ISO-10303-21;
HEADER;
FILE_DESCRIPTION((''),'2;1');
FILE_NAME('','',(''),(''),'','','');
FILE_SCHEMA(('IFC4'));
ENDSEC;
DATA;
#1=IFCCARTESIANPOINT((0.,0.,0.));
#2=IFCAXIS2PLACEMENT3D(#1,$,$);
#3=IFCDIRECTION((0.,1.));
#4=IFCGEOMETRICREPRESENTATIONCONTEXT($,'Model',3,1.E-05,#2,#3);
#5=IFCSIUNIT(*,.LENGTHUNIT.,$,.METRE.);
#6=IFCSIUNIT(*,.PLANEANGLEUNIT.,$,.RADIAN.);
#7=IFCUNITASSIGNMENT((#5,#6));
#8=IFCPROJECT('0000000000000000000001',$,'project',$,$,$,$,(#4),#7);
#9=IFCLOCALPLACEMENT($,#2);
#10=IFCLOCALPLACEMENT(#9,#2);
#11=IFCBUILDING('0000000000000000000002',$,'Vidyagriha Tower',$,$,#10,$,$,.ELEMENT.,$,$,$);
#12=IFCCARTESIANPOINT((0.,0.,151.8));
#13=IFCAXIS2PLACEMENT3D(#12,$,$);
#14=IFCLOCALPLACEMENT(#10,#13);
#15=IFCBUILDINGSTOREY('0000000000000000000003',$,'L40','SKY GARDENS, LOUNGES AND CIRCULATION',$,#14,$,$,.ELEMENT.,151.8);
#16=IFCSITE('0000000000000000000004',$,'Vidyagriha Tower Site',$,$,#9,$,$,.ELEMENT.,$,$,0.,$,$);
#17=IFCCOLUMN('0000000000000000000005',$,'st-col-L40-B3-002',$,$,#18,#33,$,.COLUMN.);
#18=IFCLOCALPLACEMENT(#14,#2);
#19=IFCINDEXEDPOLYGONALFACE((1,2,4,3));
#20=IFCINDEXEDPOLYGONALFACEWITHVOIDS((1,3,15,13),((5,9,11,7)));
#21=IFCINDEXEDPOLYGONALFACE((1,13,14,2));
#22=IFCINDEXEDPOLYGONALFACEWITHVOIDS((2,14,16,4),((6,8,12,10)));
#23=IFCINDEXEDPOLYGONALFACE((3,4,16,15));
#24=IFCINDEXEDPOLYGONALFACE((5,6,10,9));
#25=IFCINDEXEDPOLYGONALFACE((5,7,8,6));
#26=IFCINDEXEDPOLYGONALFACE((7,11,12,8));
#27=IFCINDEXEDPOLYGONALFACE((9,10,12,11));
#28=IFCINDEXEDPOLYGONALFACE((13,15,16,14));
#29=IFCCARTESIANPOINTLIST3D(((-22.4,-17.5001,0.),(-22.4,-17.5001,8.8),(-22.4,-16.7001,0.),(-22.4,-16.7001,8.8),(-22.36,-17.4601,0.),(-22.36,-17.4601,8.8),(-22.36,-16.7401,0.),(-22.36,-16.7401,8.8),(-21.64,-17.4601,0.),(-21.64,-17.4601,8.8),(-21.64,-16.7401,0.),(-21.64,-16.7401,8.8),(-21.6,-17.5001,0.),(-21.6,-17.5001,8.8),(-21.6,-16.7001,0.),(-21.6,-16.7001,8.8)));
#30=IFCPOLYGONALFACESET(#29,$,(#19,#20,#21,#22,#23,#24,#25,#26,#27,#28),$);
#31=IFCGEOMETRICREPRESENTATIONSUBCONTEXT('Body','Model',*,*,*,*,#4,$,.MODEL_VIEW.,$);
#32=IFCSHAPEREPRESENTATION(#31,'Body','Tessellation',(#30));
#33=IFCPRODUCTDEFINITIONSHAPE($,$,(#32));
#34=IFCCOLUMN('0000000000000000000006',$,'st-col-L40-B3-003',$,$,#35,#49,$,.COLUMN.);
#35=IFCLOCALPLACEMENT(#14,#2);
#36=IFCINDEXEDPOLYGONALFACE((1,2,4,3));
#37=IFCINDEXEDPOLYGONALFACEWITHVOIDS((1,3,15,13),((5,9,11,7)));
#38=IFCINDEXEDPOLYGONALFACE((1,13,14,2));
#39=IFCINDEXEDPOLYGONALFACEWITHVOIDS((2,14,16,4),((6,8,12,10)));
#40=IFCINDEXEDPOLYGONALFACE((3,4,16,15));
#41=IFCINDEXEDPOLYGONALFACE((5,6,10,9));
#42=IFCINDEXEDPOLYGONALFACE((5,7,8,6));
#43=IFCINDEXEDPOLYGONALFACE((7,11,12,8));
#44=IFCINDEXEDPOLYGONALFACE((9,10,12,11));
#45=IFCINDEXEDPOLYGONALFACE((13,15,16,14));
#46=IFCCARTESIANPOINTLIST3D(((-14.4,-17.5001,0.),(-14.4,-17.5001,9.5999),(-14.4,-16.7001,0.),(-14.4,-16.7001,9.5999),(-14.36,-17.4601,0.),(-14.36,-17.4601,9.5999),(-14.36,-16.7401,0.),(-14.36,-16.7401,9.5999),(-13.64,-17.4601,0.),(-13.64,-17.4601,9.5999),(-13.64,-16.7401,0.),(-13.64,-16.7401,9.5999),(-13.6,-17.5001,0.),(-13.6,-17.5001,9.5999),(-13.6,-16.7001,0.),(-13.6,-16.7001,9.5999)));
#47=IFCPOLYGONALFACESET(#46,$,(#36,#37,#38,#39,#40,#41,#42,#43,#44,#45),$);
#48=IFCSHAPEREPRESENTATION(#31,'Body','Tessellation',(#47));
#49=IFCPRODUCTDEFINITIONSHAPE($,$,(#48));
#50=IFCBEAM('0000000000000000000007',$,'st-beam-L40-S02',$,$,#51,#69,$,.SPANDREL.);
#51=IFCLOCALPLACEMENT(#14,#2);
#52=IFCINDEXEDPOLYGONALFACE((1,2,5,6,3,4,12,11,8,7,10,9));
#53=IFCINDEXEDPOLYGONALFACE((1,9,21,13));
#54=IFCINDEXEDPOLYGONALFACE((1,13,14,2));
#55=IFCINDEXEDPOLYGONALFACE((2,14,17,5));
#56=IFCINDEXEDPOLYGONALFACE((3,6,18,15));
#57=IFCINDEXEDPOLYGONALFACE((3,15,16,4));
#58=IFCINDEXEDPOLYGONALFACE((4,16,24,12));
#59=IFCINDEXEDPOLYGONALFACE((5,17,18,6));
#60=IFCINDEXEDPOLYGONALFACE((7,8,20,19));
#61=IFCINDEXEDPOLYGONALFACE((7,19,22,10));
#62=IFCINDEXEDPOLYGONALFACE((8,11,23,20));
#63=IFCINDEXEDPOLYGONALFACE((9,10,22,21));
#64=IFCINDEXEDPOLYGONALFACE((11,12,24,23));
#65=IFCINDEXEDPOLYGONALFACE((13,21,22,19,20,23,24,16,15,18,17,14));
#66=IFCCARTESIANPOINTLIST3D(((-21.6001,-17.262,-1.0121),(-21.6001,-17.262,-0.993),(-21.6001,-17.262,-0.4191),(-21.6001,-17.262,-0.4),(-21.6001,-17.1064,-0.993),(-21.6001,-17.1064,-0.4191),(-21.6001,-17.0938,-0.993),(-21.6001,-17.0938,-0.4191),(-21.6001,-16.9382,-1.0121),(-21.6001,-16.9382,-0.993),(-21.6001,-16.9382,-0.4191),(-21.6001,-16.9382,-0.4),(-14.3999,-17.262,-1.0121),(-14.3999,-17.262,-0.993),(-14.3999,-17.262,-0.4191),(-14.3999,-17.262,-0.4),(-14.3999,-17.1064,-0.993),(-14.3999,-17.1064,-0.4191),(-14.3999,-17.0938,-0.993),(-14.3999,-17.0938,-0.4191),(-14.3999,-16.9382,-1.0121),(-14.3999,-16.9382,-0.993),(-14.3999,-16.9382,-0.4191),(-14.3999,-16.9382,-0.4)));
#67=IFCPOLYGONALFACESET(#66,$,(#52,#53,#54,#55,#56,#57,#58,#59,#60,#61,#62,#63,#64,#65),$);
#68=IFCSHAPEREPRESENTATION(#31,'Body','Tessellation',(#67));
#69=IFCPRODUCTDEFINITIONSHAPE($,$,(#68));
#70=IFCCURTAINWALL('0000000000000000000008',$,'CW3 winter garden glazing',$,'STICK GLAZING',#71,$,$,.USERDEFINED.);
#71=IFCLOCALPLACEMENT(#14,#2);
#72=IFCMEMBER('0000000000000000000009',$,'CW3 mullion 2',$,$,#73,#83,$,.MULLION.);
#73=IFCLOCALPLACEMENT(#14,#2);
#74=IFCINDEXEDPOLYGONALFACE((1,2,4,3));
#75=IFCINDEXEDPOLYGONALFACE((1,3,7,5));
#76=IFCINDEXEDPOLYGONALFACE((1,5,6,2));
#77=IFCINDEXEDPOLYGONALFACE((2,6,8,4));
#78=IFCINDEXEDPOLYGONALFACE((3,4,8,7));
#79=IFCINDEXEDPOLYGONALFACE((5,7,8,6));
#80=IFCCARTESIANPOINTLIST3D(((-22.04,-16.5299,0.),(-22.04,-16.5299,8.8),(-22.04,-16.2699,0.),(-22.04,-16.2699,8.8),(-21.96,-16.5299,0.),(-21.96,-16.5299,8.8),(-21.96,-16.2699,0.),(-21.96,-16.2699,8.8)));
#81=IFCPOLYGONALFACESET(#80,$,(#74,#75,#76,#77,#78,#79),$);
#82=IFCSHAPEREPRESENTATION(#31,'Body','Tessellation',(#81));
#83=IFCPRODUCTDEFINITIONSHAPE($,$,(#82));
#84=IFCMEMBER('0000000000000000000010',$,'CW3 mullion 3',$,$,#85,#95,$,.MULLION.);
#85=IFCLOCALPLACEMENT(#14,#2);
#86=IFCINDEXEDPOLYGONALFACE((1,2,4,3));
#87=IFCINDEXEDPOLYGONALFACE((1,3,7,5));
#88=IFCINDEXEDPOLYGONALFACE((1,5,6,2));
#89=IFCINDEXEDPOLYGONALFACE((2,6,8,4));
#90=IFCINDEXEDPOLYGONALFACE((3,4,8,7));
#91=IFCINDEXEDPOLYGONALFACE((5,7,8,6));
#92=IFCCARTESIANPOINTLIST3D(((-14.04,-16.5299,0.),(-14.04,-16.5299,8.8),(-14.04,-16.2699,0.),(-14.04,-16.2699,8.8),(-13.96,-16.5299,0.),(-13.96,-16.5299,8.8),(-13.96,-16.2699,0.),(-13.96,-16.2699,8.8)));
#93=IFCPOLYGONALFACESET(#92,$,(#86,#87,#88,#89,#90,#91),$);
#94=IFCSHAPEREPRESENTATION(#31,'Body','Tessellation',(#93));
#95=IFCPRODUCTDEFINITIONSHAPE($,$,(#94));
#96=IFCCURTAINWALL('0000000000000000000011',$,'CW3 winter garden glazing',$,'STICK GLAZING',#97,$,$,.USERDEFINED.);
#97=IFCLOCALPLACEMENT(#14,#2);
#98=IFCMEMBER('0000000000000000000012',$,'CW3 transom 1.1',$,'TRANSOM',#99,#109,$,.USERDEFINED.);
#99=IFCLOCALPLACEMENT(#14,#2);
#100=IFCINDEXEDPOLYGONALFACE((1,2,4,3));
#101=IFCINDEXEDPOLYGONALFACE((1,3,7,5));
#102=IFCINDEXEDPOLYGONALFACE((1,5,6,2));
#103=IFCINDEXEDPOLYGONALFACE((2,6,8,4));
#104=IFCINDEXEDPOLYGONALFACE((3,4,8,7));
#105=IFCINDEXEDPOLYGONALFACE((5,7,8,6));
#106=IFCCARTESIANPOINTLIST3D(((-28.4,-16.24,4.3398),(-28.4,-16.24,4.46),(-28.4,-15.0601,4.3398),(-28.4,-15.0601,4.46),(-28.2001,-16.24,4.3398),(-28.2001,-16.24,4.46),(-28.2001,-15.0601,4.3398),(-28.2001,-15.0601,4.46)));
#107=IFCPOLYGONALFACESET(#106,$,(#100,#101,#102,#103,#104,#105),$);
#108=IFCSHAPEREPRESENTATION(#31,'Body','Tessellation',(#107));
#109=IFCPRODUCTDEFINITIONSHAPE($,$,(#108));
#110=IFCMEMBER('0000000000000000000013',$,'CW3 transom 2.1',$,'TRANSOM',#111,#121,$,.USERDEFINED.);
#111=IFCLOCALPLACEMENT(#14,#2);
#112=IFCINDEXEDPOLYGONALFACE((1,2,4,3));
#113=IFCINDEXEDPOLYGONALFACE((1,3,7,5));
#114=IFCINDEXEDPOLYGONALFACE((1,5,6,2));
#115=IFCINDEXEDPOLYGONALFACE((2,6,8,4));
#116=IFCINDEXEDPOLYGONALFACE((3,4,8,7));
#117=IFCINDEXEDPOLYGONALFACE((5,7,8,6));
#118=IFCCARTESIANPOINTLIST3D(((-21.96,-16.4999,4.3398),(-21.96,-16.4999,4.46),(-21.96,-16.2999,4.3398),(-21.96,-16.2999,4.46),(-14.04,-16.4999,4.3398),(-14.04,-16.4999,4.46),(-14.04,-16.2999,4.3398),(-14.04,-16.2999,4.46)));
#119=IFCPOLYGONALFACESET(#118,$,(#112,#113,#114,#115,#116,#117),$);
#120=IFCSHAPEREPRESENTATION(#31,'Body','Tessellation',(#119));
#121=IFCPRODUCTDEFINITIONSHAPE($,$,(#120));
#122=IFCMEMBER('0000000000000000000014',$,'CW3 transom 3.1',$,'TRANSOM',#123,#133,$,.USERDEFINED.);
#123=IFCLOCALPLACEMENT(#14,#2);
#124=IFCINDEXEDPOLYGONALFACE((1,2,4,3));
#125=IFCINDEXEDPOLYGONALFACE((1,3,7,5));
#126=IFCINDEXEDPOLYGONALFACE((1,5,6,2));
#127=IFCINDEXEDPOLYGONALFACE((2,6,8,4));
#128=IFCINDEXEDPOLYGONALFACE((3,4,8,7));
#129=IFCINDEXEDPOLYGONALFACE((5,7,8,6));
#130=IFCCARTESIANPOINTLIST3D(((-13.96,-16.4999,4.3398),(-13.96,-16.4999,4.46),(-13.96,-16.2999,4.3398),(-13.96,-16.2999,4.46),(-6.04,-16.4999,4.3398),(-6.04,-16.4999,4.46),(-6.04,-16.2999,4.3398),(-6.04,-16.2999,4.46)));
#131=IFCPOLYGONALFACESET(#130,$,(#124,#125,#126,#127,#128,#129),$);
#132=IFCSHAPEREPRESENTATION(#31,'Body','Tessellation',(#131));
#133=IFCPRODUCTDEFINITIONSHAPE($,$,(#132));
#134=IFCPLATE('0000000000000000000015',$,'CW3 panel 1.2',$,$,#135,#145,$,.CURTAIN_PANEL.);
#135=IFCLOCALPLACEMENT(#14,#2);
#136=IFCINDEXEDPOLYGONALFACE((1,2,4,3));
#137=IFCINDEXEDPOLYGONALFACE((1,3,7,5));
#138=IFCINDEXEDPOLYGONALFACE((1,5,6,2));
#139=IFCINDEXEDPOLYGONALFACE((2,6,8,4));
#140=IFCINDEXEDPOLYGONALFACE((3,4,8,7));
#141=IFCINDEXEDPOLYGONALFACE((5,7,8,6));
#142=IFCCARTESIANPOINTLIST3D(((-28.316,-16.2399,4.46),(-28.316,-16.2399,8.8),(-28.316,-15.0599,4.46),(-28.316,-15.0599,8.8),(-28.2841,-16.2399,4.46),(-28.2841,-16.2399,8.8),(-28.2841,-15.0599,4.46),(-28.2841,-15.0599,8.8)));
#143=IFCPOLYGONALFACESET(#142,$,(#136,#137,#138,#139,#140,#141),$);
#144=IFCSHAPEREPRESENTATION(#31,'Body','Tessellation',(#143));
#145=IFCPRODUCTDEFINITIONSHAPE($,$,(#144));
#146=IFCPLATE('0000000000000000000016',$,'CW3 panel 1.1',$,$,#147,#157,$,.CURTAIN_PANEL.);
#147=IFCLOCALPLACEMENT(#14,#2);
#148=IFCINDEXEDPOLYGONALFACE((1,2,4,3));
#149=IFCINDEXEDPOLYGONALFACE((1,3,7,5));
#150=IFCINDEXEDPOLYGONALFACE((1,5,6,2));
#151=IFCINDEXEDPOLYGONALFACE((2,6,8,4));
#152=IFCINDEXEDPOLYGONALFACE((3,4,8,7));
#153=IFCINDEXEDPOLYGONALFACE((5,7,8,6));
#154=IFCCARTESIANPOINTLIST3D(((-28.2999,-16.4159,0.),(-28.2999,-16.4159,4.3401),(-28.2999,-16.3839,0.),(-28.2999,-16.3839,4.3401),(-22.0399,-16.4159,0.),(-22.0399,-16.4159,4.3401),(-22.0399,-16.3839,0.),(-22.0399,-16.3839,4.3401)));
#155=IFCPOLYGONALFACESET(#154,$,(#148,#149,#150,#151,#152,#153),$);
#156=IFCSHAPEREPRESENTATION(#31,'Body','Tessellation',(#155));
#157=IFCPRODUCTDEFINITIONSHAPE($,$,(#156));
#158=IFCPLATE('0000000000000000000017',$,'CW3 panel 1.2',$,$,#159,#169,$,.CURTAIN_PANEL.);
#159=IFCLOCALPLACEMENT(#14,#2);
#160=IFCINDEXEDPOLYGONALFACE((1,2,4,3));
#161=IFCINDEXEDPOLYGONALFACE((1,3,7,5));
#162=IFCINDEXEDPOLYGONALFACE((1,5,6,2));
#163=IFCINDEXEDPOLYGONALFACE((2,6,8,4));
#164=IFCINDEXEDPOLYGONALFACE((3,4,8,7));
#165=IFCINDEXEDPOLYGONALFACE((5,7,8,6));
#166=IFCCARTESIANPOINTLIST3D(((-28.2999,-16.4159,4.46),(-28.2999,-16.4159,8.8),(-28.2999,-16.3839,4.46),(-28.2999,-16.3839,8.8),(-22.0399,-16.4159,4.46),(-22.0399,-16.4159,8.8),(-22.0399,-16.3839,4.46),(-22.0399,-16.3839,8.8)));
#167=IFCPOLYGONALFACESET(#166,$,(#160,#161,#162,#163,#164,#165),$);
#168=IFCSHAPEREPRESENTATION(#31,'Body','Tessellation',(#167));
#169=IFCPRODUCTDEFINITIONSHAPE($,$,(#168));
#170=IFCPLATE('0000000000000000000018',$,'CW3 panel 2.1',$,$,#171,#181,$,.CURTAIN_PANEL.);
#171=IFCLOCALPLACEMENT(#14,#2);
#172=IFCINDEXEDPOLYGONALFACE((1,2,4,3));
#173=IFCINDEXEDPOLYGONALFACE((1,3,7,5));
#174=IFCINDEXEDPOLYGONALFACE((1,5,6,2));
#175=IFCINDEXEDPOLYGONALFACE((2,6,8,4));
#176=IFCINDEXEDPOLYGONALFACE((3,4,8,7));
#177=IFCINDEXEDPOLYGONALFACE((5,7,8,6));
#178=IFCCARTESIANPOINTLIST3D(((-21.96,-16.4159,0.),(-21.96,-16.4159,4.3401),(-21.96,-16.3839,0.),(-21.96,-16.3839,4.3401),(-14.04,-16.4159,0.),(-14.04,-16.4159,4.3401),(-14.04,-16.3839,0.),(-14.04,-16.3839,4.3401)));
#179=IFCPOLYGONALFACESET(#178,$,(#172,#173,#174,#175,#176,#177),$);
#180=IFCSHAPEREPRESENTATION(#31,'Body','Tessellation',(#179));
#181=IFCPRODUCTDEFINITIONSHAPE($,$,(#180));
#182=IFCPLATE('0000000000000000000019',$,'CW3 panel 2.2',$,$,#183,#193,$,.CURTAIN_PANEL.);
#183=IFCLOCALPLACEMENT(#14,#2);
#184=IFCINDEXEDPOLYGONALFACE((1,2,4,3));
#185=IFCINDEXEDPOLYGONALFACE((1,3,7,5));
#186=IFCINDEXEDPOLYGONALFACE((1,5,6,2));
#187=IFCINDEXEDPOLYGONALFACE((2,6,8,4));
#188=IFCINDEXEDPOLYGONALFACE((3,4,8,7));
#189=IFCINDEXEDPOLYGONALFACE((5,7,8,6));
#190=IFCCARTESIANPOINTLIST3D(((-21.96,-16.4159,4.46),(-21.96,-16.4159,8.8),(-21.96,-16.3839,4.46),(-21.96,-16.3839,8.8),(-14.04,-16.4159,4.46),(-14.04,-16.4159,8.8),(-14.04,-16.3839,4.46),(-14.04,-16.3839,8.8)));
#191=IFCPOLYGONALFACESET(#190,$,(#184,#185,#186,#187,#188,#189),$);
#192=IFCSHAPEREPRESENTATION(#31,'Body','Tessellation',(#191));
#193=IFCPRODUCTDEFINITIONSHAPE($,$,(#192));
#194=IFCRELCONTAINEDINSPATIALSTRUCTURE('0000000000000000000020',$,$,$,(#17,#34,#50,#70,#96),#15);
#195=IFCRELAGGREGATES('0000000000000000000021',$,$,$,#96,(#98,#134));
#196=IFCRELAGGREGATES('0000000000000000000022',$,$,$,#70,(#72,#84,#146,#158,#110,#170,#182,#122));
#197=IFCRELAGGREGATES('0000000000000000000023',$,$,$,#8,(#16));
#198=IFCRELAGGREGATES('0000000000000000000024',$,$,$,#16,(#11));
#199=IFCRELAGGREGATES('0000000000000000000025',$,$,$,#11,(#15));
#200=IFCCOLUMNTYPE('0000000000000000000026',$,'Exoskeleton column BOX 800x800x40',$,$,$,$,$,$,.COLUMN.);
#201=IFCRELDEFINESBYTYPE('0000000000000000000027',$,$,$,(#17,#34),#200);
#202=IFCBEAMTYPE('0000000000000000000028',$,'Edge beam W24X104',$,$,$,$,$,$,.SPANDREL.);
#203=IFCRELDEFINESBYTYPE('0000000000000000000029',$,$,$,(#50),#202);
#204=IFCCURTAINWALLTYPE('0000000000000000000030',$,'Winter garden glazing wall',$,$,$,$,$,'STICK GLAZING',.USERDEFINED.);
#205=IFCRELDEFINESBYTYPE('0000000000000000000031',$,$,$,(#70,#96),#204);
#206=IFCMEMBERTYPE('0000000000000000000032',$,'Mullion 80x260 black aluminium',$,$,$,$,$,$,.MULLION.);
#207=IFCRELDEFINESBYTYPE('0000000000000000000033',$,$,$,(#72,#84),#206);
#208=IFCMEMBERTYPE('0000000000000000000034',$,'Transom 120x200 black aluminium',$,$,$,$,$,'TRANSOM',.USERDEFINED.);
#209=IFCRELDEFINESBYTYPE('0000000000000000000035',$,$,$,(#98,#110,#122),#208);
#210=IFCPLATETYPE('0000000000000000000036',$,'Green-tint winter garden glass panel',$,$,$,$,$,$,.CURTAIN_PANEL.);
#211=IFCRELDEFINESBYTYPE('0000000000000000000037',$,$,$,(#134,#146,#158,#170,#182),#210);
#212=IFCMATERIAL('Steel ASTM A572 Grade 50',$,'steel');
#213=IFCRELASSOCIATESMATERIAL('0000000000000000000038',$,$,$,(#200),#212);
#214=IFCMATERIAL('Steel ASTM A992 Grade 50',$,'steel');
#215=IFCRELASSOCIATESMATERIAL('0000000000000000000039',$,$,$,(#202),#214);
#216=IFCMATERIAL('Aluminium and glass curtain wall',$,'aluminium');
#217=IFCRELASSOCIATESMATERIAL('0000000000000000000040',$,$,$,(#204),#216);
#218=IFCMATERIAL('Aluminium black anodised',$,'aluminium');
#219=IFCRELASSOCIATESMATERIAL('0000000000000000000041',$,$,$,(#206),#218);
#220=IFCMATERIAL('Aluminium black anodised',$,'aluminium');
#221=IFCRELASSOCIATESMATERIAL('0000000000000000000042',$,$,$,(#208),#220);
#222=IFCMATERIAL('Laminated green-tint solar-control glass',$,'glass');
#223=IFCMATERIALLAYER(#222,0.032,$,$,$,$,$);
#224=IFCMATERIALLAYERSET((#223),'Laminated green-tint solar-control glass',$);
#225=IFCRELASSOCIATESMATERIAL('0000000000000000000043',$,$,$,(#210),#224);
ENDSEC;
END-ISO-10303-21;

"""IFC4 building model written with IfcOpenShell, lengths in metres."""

from ifc_helpers import new_model, si_unit, direction, frame, origin, origin_2d, place, context, subcontext, project, spatial, rectangle, hollow_rectangle, i_section, extrude, material, layer, layer_set, material_profile, profile_set, type_object, element, aggregate, save


model = new_model("IFC4")

# Units and contexts
model_context = context("Model", 3, precision=1e-05, world=origin(), true_north=direction((0.0, 1.0)))
body_context = subcontext(model_context, "Body", "Model", "MODEL_VIEW")
ifc_project = project(units=[si_unit("LENGTHUNIT", "METRE"), si_unit("PLANEANGLEUNIT", "RADIAN")], contexts=[model_context])

# Site, building, storey
site_placement = place(None, origin())
site = spatial("IfcSite", under=ifc_project, at=site_placement, Name="Vidyagriha Tower Site", CompositionType="ELEMENT", RefElevation=0.0)
building_placement = place(site_placement, origin())
building = spatial("IfcBuilding", under=site, at=building_placement, Name="Vidyagriha Tower", CompositionType="ELEMENT")
storey_placement = place(building_placement, frame((0.0, 0.0, 151.8)))
storey = spatial("IfcBuildingStorey", under=building, at=storey_placement, Name="L40", Description="SKY GARDENS, LOUNGES AND CIRCULATION", CompositionType="ELEMENT", Elevation=151.8)

# Columns
ifc_material_1 = material(Name="Steel ASTM A572 Grade 50", Category="steel")
ifc_material_profile_1 = material_profile(ifc_material_1, hollow_rectangle(XDim=0.8, YDim=0.8, WallThickness=0.04, at=origin_2d()), Name="BOX 800x800x40")
ifc_profile_set_1 = profile_set([ifc_material_profile_1], Name="Steel ASTM A572 Grade 50")
column_type = type_object("IfcColumnType", Name="Exoskeleton column BOX 800x800x40", PredefinedType="COLUMN", material=ifc_profile_set_1)
column_1_placement = place(storey_placement, frame((-22.0, -17.1001, 0.0)))
element("IfcColumn", 1, at=column_1_placement, inside=storey, type_object=column_type, Name="st-col-L40-B3-002", PredefinedType="COLUMN", context=body_context, shape_type="SweptSolid", body=[
    extrude(hollow_rectangle(XDim=0.8, YDim=0.8, WallThickness=0.04, at=origin_2d()), origin(), (0.0, 0.0, 1.0), 8.8),
])
column_2_placement = place(storey_placement, frame((-14.0, -17.1001, 0.0)))
element("IfcColumn", 2, at=column_2_placement, inside=storey, type_object=column_type, Name="st-col-L40-B3-003", PredefinedType="COLUMN", context=body_context, shape_type="SweptSolid", body=[
    extrude(hollow_rectangle(XDim=0.8, YDim=0.8, WallThickness=0.04, at=origin_2d()), origin(), (0.0, 0.0, 1.0), 9.5999),
])

# Beam
ifc_material_2 = material(Name="Steel ASTM A992 Grade 50", Category="steel")
ifc_material_profile_2 = material_profile(ifc_material_2, i_section(OverallWidth=0.3237, OverallDepth=0.6121, WebThickness=0.0127, FlangeThickness=0.019, at=origin_2d()), Name="W24X104")
ifc_profile_set_2 = profile_set([ifc_material_profile_2], Name="Steel ASTM A992 Grade 50")
beam_type = type_object("IfcBeamType", Name="Edge beam W24X104", PredefinedType="SPANDREL", material=ifc_profile_set_2)
beam_placement = place(storey_placement, frame((-21.6001, -17.1001, -0.7061), z_axis=(1.0, 0.0, 0.0), x_axis=(0.0, 1.0, 0.0)))
element("IfcBeam", 3, at=beam_placement, inside=storey, type_object=beam_type, Name="st-beam-L40-S02", PredefinedType="SPANDREL", context=body_context, shape_type="SweptSolid", body=[
    extrude(i_section(OverallWidth=0.3237, OverallDepth=0.6121, WebThickness=0.0127, FlangeThickness=0.019, at=origin_2d()), origin(), (0.0, 0.0, 1.0), 7.2002),
])

# Curtain wall, members
ifc_material_3 = material(Name="Aluminium and glass curtain wall", Category="aluminium")
curtain_wall_type = type_object("IfcCurtainWallType", Name="Winter garden glazing wall", ElementType="STICK GLAZING", PredefinedType="USERDEFINED", material=ifc_material_3)
curtain_wall_1_placement = place(storey_placement, origin())
curtain_wall_1 = element("IfcCurtainWall", 4, at=curtain_wall_1_placement, inside=storey, type_object=curtain_wall_type, Name="CW3 winter garden glazing", ObjectType="STICK GLAZING", PredefinedType="USERDEFINED")
ifc_material_4 = material(Name="Aluminium black anodised", Category="aluminium")
ifc_material_profile_3 = material_profile(ifc_material_4, rectangle(XDim=0.26, YDim=0.0801, at=origin_2d()), Name="Mullion 80x260 black aluminium")
ifc_profile_set_3 = profile_set([ifc_material_profile_3], Name="Aluminium black anodised")
member_type_1 = type_object("IfcMemberType", Name="Mullion 80x260 black aluminium", PredefinedType="MULLION", material=ifc_profile_set_3)
member_1_placement = place(storey_placement, frame((-22.0, -16.3999, 0.0), z_axis=(0.0, 0.0, 1.0), x_axis=(0.0, 1.0, 0.0)))
member_1 = element("IfcMember", 5, at=member_1_placement, type_object=member_type_1, Name="CW3 mullion 2", PredefinedType="MULLION", context=body_context, shape_type="SweptSolid", body=[
    extrude(rectangle(XDim=0.26, YDim=0.0801, at=origin_2d()), origin(), (0.0, 0.0, 1.0), 8.8),
])
member_2_placement = place(storey_placement, frame((-14.0, -16.3999, 0.0), z_axis=(0.0, 0.0, 1.0), x_axis=(0.0, 1.0, 0.0)))
member_2 = element("IfcMember", 6, at=member_2_placement, type_object=member_type_1, Name="CW3 mullion 3", PredefinedType="MULLION", context=body_context, shape_type="SweptSolid", body=[
    extrude(rectangle(XDim=0.26, YDim=0.0801, at=origin_2d()), origin(), (0.0, 0.0, 1.0), 8.8),
])

# Curtain wall, member
curtain_wall_2_placement = place(storey_placement, origin())
curtain_wall_2 = element("IfcCurtainWall", 7, at=curtain_wall_2_placement, inside=storey, type_object=curtain_wall_type, Name="CW3 winter garden glazing", ObjectType="STICK GLAZING", PredefinedType="USERDEFINED")
ifc_material_5 = material(Name="Aluminium black anodised", Category="aluminium")
ifc_material_profile_4 = material_profile(ifc_material_5, rectangle(XDim=0.2, YDim=0.1201, at=origin_2d()), Name="Transom 120x200 black aluminium")
ifc_profile_set_4 = profile_set([ifc_material_profile_4], Name="Aluminium black anodised")
member_type_2 = type_object("IfcMemberType", Name="Transom 120x200 black aluminium", ElementType="TRANSOM", PredefinedType="USERDEFINED", material=ifc_profile_set_4)
member_3_placement = place(storey_placement, frame((-28.3, -15.0601, 4.3999), z_axis=(0.0, -1.0, 0.0), x_axis=(1.0, 0.0, 0.0)))
member_3 = element("IfcMember", 8, at=member_3_placement, type_object=member_type_2, Name="CW3 transom 1.1", ObjectType="TRANSOM", PredefinedType="USERDEFINED", context=body_context, shape_type="SweptSolid", body=[
    extrude(rectangle(XDim=0.2, YDim=0.1201, at=origin_2d()), origin(), (0.0, 0.0, 1.0), 1.1799),
])

# Members
member_4_placement = place(storey_placement, frame((-21.96, -16.3999, 4.3999), z_axis=(1.0, 0.0, 0.0), x_axis=(0.0, 1.0, 0.0)))
member_4 = element("IfcMember", 9, at=member_4_placement, type_object=member_type_2, Name="CW3 transom 2.1", ObjectType="TRANSOM", PredefinedType="USERDEFINED", context=body_context, shape_type="SweptSolid", body=[
    extrude(rectangle(XDim=0.2, YDim=0.1201, at=origin_2d()), origin(), (0.0, 0.0, 1.0), 7.9199),
])
member_5_placement = place(storey_placement, frame((-13.96, -16.3999, 4.3999), z_axis=(1.0, 0.0, 0.0), x_axis=(0.0, 1.0, 0.0)))
member_5 = element("IfcMember", 10, at=member_5_placement, type_object=member_type_2, Name="CW3 transom 3.1", ObjectType="TRANSOM", PredefinedType="USERDEFINED", context=body_context, shape_type="SweptSolid", body=[
    extrude(rectangle(XDim=0.2, YDim=0.1201, at=origin_2d()), origin(), (0.0, 0.0, 1.0), 7.9199),
])

# Plates
ifc_material_6 = material(Name="Laminated green-tint solar-control glass", Category="glass")
ifc_layer_1 = layer(ifc_material_6, 0.032)
ifc_layer_set_1 = layer_set([ifc_layer_1], Name="Laminated green-tint solar-control glass")
plate_type = type_object("IfcPlateType", Name="Green-tint winter garden glass panel", PredefinedType="CURTAIN_PANEL", material=ifc_layer_set_1)
plate_1_placement = place(storey_placement, frame((-28.3, -15.6499, 4.46), z_axis=(0.0, 0.0, 1.0), x_axis=(0.0, -1.0, 0.0)))
plate_1 = element("IfcPlate", 11, at=plate_1_placement, type_object=plate_type, Name="CW3 panel 1.2", PredefinedType="CURTAIN_PANEL", context=body_context, shape_type="SweptSolid", body=[
    extrude(rectangle(XDim=1.1799, YDim=0.032, at=origin_2d()), origin(), (0.0, 0.0, 1.0), 4.3401),
])
aggregate(curtain_wall_2, [member_3, plate_1])
plate_2_placement = place(storey_placement, frame((-25.1699, -16.3999, 0.0)))
plate_2 = element("IfcPlate", 12, at=plate_2_placement, type_object=plate_type, Name="CW3 panel 1.1", PredefinedType="CURTAIN_PANEL", context=body_context, shape_type="SweptSolid", body=[
    extrude(rectangle(XDim=6.26, YDim=0.032, at=origin_2d()), origin(), (0.0, 0.0, 1.0), 4.3401),
])
plate_3_placement = place(storey_placement, frame((-25.1699, -16.3999, 4.46)))
plate_3 = element("IfcPlate", 13, at=plate_3_placement, type_object=plate_type, Name="CW3 panel 1.2", PredefinedType="CURTAIN_PANEL", context=body_context, shape_type="SweptSolid", body=[
    extrude(rectangle(XDim=6.26, YDim=0.032, at=origin_2d()), origin(), (0.0, 0.0, 1.0), 4.3401),
])
plate_4_placement = place(storey_placement, frame((-18.0, -16.3999, 0.0)))
plate_4 = element("IfcPlate", 14, at=plate_4_placement, type_object=plate_type, Name="CW3 panel 2.1", PredefinedType="CURTAIN_PANEL", context=body_context, shape_type="SweptSolid", body=[
    extrude(rectangle(XDim=7.9199, YDim=0.032, at=origin_2d()), origin(), (0.0, 0.0, 1.0), 4.3401),
])
plate_5_placement = place(storey_placement, frame((-18.0, -16.3999, 4.46)))
plate_5 = element("IfcPlate", 15, at=plate_5_placement, type_object=plate_type, Name="CW3 panel 2.2", PredefinedType="CURTAIN_PANEL", context=body_context, shape_type="SweptSolid", body=[
    extrude(rectangle(XDim=7.9199, YDim=0.032, at=origin_2d()), origin(), (0.0, 0.0, 1.0), 4.3401),
])
aggregate(curtain_wall_1, [member_1, member_2, plate_2, plate_3, member_4, plate_4, plate_5, member_5])

save(model, "model.ifc")
